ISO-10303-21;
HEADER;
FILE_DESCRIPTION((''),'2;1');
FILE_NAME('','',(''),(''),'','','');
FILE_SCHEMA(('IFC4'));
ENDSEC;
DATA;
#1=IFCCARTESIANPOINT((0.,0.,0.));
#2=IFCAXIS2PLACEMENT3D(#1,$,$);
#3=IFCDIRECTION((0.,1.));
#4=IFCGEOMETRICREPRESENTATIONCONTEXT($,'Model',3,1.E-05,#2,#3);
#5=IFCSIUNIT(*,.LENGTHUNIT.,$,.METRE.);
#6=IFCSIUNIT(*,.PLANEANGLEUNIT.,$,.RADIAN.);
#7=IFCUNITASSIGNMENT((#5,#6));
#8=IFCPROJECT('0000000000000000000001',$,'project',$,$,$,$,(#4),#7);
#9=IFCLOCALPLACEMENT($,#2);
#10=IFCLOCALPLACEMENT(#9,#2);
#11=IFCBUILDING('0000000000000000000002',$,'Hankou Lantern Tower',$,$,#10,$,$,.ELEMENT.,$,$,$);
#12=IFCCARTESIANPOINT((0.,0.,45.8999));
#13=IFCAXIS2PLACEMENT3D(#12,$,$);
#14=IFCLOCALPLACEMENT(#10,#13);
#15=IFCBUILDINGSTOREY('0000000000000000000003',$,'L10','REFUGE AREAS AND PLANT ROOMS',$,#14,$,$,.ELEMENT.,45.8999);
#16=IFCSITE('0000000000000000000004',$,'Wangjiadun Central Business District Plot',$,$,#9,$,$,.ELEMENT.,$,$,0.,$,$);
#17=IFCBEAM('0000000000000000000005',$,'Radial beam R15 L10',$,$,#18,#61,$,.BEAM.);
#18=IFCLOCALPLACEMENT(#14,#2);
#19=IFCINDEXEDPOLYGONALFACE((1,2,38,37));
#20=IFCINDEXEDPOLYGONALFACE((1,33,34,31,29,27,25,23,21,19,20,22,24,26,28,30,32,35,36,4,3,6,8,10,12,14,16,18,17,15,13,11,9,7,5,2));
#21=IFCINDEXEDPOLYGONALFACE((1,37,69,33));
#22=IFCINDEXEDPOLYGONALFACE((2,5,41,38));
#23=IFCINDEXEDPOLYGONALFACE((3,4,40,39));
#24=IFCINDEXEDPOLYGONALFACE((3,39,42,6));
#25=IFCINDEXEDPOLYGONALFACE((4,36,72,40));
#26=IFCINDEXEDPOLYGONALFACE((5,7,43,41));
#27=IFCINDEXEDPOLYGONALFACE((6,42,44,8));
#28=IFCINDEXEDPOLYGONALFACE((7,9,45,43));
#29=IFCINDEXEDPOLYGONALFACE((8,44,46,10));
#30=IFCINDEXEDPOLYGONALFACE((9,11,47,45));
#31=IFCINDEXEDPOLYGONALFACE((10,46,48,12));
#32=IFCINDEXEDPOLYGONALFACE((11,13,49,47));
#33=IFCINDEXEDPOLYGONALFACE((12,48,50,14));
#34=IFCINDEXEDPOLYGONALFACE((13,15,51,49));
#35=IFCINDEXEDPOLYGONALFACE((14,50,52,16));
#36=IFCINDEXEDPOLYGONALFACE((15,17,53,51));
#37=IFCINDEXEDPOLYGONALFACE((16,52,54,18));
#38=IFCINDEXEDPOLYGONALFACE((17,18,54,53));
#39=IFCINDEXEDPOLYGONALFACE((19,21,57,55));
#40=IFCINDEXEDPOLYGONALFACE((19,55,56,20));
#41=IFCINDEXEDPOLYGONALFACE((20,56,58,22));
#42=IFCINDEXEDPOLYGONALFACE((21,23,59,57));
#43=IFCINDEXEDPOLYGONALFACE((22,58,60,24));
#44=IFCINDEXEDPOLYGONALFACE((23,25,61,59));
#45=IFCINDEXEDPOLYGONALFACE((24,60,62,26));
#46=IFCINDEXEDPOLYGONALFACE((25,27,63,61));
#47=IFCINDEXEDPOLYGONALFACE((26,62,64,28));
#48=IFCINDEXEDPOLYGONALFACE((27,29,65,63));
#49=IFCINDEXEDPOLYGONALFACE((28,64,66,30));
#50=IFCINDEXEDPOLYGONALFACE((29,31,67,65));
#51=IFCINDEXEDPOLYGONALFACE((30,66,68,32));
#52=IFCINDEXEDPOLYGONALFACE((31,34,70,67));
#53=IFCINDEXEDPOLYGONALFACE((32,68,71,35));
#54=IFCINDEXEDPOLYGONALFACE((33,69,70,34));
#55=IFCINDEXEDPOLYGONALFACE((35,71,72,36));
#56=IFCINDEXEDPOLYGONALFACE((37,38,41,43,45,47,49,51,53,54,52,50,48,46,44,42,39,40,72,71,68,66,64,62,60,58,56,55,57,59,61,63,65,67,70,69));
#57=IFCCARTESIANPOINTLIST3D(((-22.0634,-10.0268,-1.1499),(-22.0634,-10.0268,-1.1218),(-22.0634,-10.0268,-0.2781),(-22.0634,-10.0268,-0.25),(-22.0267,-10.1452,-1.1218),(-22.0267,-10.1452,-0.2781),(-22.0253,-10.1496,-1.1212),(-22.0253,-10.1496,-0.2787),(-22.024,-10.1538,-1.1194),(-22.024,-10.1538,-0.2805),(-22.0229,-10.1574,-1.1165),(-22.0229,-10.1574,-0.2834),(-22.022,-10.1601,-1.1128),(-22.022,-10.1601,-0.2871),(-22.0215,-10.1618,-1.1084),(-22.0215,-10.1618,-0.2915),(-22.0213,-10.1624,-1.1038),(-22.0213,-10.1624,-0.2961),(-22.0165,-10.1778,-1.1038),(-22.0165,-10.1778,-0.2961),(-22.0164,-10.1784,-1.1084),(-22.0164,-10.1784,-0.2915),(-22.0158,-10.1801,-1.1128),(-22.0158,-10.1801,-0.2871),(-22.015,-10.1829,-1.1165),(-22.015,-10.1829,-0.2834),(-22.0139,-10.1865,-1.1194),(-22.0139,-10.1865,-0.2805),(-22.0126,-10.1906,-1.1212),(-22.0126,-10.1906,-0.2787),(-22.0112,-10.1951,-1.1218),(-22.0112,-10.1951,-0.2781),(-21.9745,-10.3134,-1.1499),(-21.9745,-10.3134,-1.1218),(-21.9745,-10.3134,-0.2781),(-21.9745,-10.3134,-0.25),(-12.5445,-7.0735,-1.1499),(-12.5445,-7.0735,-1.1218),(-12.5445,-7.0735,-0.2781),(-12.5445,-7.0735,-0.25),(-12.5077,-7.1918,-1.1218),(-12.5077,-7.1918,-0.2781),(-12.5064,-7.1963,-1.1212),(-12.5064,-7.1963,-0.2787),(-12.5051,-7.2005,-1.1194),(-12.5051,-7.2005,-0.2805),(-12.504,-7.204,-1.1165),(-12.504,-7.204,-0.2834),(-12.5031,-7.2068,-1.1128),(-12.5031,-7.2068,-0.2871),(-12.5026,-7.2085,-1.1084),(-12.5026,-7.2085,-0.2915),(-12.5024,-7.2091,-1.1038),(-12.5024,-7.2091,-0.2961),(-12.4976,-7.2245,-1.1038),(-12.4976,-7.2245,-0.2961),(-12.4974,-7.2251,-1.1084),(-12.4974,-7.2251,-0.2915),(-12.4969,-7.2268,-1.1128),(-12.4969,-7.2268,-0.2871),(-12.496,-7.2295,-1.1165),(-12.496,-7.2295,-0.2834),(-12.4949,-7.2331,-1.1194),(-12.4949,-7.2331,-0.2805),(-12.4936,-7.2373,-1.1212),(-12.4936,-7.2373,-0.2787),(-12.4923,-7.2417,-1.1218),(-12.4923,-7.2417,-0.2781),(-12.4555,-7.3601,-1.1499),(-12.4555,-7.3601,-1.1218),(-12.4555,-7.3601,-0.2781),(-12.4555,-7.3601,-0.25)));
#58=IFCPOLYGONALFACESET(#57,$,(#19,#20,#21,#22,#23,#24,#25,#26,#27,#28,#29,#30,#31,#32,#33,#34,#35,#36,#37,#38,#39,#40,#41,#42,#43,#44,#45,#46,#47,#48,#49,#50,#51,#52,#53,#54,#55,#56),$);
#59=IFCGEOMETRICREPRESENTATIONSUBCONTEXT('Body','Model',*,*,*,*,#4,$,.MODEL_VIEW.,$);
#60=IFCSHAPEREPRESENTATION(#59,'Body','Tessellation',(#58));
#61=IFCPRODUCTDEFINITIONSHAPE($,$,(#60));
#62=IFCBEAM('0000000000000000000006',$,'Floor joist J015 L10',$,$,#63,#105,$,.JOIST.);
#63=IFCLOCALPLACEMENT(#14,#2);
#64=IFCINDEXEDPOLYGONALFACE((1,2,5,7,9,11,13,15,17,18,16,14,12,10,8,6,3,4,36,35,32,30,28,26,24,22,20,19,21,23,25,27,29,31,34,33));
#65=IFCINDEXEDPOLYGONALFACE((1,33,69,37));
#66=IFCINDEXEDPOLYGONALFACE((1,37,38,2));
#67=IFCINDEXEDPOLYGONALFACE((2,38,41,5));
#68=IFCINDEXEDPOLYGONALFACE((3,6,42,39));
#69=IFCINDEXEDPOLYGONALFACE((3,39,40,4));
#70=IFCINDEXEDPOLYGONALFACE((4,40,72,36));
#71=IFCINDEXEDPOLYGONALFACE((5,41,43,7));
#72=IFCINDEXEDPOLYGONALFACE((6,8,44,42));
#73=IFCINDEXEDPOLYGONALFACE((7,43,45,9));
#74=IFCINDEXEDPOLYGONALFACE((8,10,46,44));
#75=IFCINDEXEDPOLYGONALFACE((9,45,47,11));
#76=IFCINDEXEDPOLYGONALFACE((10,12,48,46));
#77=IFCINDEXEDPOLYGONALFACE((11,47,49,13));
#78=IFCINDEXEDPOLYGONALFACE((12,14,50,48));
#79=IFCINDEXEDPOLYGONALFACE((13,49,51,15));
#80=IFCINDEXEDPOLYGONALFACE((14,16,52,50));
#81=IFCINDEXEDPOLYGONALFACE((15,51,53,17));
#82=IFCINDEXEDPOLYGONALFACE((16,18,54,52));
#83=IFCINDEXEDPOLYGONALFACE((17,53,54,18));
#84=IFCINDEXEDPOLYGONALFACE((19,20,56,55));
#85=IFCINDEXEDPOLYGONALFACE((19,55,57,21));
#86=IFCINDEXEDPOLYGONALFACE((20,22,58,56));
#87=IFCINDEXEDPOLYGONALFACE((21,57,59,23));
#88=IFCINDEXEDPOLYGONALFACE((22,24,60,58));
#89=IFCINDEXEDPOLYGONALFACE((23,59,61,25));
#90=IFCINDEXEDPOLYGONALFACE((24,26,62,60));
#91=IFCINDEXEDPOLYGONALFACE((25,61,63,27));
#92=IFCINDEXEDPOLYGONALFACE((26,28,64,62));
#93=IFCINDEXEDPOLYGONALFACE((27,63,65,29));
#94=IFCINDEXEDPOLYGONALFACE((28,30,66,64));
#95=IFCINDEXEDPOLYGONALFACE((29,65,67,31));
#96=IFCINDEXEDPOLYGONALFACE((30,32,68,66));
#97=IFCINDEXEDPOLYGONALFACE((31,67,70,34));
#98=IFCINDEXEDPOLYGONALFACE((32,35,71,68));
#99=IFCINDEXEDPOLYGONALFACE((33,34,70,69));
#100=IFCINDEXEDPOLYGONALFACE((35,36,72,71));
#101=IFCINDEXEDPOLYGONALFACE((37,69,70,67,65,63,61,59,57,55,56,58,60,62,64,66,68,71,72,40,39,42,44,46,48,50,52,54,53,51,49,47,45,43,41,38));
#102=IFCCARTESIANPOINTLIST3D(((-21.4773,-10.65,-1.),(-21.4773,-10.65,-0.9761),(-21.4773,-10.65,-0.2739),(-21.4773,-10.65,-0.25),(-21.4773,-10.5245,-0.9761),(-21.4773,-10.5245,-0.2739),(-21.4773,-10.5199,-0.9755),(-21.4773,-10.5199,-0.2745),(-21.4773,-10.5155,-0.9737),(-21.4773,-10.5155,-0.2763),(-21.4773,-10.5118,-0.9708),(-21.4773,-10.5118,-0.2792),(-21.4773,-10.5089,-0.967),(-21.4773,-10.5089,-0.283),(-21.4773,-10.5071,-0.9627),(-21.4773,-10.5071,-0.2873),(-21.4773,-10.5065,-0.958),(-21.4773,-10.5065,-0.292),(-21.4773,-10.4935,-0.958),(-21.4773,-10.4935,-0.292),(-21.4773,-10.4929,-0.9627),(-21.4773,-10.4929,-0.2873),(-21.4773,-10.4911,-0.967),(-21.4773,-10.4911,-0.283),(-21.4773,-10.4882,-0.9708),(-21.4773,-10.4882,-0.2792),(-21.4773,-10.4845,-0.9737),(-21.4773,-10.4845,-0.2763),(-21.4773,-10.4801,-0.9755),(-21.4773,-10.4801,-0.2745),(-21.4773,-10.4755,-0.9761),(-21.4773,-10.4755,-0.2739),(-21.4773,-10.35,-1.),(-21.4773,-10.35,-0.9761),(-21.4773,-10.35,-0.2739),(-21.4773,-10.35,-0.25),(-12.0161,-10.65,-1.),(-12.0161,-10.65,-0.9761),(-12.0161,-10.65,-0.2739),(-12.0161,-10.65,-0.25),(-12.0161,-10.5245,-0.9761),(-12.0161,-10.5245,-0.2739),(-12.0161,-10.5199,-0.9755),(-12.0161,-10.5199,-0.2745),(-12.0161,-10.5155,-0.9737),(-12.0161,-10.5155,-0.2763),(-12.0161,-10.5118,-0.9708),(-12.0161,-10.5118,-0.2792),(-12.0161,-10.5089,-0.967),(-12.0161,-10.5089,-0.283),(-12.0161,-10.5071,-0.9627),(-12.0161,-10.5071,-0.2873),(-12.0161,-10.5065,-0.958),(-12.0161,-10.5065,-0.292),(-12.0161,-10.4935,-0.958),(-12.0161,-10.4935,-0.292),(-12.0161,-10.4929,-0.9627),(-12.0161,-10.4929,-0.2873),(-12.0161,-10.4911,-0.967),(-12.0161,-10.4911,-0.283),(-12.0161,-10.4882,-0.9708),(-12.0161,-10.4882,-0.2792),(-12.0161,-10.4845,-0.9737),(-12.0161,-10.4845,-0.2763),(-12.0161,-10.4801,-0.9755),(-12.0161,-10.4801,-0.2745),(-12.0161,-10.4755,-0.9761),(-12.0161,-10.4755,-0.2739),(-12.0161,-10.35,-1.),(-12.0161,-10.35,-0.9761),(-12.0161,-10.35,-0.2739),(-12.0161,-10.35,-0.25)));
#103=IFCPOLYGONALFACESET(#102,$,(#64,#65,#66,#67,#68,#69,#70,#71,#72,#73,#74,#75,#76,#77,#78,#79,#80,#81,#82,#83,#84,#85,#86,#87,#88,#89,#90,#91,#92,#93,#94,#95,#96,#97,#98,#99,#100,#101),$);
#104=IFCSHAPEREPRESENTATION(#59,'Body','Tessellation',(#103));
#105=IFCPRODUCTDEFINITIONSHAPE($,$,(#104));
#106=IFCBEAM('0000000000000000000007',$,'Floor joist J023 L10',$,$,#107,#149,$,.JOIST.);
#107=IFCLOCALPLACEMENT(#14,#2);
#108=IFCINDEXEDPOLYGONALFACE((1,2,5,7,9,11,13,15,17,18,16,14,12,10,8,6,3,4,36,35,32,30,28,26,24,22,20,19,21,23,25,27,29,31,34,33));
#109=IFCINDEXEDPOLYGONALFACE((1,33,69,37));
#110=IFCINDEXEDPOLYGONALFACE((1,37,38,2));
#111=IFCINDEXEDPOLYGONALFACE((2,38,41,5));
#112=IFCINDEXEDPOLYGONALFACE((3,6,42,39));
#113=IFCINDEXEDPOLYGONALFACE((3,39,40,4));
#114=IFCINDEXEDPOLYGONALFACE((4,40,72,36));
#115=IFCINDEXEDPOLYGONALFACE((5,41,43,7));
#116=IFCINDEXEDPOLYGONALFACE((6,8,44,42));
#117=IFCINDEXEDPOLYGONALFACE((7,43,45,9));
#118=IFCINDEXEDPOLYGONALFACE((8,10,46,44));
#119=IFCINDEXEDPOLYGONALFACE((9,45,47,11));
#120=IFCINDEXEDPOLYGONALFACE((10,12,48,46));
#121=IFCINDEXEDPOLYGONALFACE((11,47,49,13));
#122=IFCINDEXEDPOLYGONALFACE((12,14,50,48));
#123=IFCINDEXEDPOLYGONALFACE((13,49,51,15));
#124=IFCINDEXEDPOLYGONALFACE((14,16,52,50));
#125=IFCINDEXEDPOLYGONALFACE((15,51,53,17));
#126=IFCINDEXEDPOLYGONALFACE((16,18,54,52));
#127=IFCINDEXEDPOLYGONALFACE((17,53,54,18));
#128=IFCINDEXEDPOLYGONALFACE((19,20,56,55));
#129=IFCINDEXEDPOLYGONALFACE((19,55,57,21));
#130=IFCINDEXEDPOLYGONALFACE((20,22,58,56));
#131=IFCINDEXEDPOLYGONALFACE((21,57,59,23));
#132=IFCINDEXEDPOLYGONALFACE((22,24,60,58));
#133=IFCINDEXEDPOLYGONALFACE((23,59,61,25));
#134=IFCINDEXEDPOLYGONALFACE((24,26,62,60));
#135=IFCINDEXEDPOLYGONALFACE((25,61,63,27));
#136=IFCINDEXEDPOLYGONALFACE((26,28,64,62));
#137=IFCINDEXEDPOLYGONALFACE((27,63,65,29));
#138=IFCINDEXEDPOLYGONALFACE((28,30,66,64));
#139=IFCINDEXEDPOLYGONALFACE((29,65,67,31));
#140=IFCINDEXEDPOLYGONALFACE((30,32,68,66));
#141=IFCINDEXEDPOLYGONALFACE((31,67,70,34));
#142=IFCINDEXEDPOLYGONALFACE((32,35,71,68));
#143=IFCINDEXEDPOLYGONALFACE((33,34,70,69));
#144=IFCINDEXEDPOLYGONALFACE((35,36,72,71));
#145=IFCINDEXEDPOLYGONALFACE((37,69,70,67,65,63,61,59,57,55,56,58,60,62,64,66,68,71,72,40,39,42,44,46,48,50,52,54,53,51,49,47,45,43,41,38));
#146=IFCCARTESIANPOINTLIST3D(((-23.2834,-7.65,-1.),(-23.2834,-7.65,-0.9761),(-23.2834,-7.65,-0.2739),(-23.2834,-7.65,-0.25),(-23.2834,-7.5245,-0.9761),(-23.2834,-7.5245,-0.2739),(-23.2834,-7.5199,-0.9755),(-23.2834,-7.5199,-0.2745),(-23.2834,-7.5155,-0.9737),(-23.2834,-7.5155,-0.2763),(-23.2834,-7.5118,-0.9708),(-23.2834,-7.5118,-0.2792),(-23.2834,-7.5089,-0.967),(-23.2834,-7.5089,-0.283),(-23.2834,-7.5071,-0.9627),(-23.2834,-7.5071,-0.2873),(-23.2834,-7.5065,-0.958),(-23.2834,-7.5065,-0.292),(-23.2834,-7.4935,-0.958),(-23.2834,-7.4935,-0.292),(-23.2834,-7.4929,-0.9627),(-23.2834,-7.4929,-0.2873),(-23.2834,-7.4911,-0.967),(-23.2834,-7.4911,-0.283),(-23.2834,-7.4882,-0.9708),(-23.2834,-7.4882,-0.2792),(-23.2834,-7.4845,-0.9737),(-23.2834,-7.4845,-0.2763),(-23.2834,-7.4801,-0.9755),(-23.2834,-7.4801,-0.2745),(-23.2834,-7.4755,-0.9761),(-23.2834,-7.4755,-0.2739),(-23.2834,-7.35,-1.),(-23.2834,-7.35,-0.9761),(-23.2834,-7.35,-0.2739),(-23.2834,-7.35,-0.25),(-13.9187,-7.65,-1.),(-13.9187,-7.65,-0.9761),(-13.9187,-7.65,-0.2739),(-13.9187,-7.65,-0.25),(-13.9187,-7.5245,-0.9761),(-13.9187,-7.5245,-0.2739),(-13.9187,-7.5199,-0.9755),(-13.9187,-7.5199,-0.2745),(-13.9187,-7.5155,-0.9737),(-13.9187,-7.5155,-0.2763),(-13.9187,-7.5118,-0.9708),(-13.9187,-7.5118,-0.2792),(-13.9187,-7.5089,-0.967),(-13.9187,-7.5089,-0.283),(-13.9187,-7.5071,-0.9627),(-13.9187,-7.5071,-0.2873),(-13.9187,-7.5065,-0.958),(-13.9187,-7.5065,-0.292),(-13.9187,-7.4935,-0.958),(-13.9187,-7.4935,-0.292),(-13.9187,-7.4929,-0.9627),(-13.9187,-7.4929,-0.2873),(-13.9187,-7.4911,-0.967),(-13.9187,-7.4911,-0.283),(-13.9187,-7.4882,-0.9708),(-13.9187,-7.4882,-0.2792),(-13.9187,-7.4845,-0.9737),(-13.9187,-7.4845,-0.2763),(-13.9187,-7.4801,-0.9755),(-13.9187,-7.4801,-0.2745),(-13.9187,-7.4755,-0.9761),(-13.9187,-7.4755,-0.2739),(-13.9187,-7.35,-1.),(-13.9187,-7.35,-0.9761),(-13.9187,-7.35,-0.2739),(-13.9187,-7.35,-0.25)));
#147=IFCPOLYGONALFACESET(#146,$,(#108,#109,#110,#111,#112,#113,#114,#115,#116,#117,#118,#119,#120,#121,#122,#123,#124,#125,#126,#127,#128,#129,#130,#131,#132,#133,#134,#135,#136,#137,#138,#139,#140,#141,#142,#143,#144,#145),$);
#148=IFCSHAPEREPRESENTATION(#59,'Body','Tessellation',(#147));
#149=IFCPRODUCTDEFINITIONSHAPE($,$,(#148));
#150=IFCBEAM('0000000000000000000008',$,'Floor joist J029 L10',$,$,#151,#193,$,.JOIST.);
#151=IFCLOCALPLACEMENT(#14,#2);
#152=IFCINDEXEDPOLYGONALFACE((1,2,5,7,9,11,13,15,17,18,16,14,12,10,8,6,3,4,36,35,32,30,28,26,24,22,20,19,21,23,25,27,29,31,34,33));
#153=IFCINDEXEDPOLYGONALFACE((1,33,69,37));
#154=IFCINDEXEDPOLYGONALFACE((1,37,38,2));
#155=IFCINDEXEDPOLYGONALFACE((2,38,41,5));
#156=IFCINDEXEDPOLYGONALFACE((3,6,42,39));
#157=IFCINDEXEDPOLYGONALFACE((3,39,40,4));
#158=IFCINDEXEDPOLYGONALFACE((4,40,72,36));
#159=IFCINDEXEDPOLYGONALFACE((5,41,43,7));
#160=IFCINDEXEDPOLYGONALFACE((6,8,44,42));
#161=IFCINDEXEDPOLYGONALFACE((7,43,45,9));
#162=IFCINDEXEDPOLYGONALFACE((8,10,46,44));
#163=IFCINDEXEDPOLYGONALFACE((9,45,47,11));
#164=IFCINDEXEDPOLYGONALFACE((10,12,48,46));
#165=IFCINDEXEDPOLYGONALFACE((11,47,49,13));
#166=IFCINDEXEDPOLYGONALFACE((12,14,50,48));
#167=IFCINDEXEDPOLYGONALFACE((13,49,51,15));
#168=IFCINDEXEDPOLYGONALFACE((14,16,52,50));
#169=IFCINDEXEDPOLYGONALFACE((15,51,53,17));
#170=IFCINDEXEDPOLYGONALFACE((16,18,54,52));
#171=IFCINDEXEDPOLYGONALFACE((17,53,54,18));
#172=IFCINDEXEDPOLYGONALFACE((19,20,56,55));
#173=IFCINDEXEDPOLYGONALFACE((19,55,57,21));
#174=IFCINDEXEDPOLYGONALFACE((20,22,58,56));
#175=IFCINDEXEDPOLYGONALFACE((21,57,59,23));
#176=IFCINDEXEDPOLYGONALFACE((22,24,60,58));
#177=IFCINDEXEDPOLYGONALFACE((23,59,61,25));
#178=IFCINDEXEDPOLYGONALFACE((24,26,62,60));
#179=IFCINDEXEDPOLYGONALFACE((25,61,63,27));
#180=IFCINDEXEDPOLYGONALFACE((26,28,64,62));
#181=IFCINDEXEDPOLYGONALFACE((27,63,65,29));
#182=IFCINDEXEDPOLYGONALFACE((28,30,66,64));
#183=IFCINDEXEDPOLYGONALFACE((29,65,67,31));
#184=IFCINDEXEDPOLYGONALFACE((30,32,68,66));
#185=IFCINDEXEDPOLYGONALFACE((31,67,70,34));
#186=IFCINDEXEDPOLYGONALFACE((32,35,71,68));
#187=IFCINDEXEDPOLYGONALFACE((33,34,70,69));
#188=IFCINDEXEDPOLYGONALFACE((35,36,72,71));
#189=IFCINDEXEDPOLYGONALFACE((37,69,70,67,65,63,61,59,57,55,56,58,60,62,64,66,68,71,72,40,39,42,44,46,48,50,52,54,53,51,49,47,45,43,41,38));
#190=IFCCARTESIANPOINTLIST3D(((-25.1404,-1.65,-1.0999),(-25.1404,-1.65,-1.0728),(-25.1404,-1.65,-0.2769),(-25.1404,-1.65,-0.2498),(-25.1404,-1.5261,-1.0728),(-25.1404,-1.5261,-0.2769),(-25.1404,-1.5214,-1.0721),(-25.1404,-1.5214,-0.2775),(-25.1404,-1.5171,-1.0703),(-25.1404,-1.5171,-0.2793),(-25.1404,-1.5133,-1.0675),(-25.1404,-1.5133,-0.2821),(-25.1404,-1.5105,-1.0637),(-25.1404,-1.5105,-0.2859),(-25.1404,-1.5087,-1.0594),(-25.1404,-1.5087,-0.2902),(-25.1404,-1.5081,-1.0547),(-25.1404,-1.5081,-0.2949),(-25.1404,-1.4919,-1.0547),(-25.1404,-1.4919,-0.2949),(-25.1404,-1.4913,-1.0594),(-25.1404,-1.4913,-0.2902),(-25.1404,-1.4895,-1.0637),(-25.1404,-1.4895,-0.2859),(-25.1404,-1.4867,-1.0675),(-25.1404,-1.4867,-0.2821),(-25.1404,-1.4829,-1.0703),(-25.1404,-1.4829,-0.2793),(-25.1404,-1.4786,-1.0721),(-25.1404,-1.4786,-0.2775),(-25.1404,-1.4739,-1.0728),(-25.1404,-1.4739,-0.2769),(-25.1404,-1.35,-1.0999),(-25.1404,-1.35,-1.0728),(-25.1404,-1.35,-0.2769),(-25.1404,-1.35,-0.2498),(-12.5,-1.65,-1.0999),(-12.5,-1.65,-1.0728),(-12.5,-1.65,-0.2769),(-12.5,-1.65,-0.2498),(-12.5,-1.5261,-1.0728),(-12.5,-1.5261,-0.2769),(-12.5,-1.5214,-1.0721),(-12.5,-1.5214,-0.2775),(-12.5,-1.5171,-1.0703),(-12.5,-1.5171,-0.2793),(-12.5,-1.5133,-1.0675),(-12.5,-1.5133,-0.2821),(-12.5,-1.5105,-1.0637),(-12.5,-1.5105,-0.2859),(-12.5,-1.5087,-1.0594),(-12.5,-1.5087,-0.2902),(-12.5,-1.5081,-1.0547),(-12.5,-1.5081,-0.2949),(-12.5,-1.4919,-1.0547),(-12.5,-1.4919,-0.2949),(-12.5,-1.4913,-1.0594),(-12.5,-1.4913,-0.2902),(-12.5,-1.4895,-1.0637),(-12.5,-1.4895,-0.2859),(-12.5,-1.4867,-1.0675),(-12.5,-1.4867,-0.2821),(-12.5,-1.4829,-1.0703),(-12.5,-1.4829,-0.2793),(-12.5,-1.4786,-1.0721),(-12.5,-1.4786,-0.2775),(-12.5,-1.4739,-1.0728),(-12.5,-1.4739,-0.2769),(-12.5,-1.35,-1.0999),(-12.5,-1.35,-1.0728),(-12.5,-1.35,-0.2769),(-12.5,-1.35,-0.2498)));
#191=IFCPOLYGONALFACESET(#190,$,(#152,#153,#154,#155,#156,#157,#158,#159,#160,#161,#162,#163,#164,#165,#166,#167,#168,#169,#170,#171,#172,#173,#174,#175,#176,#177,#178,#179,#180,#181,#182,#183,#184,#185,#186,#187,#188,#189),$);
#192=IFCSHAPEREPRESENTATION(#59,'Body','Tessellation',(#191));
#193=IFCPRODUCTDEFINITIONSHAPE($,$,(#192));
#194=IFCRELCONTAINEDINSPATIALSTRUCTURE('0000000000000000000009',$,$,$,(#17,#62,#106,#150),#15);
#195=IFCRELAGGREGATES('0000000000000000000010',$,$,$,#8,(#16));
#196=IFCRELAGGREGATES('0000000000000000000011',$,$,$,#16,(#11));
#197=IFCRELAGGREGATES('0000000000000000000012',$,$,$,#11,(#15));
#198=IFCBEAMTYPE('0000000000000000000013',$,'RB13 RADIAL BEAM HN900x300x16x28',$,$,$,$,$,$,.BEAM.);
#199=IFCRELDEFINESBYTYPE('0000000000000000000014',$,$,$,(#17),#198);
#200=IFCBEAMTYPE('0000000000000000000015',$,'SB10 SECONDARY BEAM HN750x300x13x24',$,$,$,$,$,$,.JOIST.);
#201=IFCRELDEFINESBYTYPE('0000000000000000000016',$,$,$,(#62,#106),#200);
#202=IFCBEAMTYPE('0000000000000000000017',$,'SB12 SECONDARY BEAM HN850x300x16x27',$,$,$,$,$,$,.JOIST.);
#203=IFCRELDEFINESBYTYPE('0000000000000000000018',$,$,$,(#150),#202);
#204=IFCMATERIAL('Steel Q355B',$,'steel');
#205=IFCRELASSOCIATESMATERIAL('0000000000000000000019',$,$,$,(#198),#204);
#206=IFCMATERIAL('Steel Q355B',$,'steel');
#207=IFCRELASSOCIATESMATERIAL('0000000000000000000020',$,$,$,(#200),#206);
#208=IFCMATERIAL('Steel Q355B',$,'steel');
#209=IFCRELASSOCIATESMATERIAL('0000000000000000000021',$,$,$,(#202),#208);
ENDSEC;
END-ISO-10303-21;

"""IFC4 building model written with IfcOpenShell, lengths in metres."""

from ifc_helpers import new_model, si_unit, direction, frame, origin, origin_2d, place, context, subcontext, project, spatial, i_section, extrude, material, material_profile, profile_set, type_object, element, save


model = new_model("IFC4")

# Units and contexts
model_context = context("Model", 3, precision=1e-05, world=origin(), true_north=direction((0.0, 1.0)))
body_context = subcontext(model_context, "Body", "Model", "MODEL_VIEW")
ifc_project = project(units=[si_unit("LENGTHUNIT", "METRE"), si_unit("PLANEANGLEUNIT", "RADIAN")], contexts=[model_context])

# Site, building, storey
site_placement = place(None, origin())
site = spatial("IfcSite", under=ifc_project, at=site_placement, Name="Wangjiadun Central Business District Plot", CompositionType="ELEMENT", RefElevation=0.0)
building_placement = place(site_placement, origin())
building = spatial("IfcBuilding", under=site, at=building_placement, Name="Hankou Lantern Tower", CompositionType="ELEMENT")
storey_placement = place(building_placement, frame((0.0, 0.0, 45.8999)))
storey = spatial("IfcBuildingStorey", under=building, at=storey_placement, Name="L10", Description="REFUGE AREAS AND PLANT ROOMS", CompositionType="ELEMENT", Elevation=45.8999)

# Beams
ifc_material_1 = material(Name="Steel Q355B", Category="steel")
ifc_material_profile_1 = material_profile(ifc_material_1, i_section(OverallWidth=0.3, OverallDepth=0.8999, WebThickness=0.0161, FlangeThickness=0.0281, FilletRadius=0.0181, at=origin_2d()), Name="HN900x300x16x28")
ifc_profile_set_1 = profile_set([ifc_material_profile_1], Name="Steel Q355B")
beam_type_1 = type_object("IfcBeamType", Name="RB13 RADIAL BEAM HN900x300x16x28", PredefinedType="BEAM", material=ifc_profile_set_1)
beam_1_placement = place(storey_placement, frame((-12.5, -7.2168, -0.7), z_axis=(-0.955087, -0.296324, 0.0), x_axis=(0.296324, -0.955087, 0.0)))
element("IfcBeam", 1, at=beam_1_placement, inside=storey, type_object=beam_type_1, Name="Radial beam R15 L10", PredefinedType="BEAM", context=body_context, shape_type="SweptSolid", body=[
    extrude(i_section(OverallWidth=0.3, OverallDepth=0.8999, WebThickness=0.0161, FlangeThickness=0.0281, FilletRadius=0.0181, at=origin_2d()), origin(), (0.0, 0.0, 1.0), 9.9666),
])
ifc_material_2 = material(Name="Steel Q355B", Category="steel")
ifc_material_profile_2 = material_profile(ifc_material_2, i_section(OverallWidth=0.3, OverallDepth=0.75, WebThickness=0.0129, FlangeThickness=0.0239, FilletRadius=0.0181, at=origin_2d()), Name="HN750x300x13x24")
ifc_profile_set_2 = profile_set([ifc_material_profile_2], Name="Steel Q355B")
beam_type_2 = type_object("IfcBeamType", Name="SB10 SECONDARY BEAM HN750x300x13x24", PredefinedType="JOIST", material=ifc_profile_set_2)
beam_2_placement = place(storey_placement, frame((-21.4773, -10.5, -0.625), z_axis=(1.0, 0.0, 0.0), x_axis=(0.0, 1.0, 0.0)))
element("IfcBeam", 2, at=beam_2_placement, inside=storey, type_object=beam_type_2, Name="Floor joist J015 L10", PredefinedType="JOIST", context=body_context, shape_type="SweptSolid", body=[
    extrude(i_section(OverallWidth=0.3, OverallDepth=0.75, WebThickness=0.0129, FlangeThickness=0.0239, FilletRadius=0.0181, at=origin_2d()), origin(), (0.0, 0.0, 1.0), 9.4612),
])
beam_3_placement = place(storey_placement, frame((-23.2834, -7.5, -0.625), z_axis=(1.0, 0.0, 0.0), x_axis=(0.0, 1.0, 0.0)))
element("IfcBeam", 3, at=beam_3_placement, inside=storey, type_object=beam_type_2, Name="Floor joist J023 L10", PredefinedType="JOIST", context=body_context, shape_type="SweptSolid", body=[
    extrude(i_section(OverallWidth=0.3, OverallDepth=0.75, WebThickness=0.0129, FlangeThickness=0.0239, FilletRadius=0.0181, at=origin_2d()), origin(), (0.0, 0.0, 1.0), 9.3647),
])
ifc_material_3 = material(Name="Steel Q355B", Category="steel")
ifc_material_profile_3 = material_profile(ifc_material_3, i_section(OverallWidth=0.3, OverallDepth=0.8501, WebThickness=0.0161, FlangeThickness=0.0271, FilletRadius=0.0181, at=origin_2d()), Name="HN850x300x16x27")
ifc_profile_set_3 = profile_set([ifc_material_profile_3], Name="Steel Q355B")
beam_type_3 = type_object("IfcBeamType", Name="SB12 SECONDARY BEAM HN850x300x16x27", PredefinedType="JOIST", material=ifc_profile_set_3)
for number, where, z_axis, x_axis, name in (
    (4, (-25.1404, -1.5, -0.6748), (1.0, 0.0, 0.0), (0.0, 1.0, 0.0), "Floor joist J029 L10"),
):
    element("IfcBeam", number, at=place(storey_placement, frame(where, z_axis=z_axis, x_axis=x_axis)), inside=storey, type_object=beam_type_3, Name=name, PredefinedType="JOIST", context=body_context, shape_type="SweptSolid", body=[
        extrude(i_section(OverallWidth=0.3, OverallDepth=0.8501, WebThickness=0.0161, FlangeThickness=0.0271, FilletRadius=0.0181, at=origin_2d()), origin(), (0.0, 0.0, 1.0), 12.6404),
    ])

save(model, "model.ifc")
